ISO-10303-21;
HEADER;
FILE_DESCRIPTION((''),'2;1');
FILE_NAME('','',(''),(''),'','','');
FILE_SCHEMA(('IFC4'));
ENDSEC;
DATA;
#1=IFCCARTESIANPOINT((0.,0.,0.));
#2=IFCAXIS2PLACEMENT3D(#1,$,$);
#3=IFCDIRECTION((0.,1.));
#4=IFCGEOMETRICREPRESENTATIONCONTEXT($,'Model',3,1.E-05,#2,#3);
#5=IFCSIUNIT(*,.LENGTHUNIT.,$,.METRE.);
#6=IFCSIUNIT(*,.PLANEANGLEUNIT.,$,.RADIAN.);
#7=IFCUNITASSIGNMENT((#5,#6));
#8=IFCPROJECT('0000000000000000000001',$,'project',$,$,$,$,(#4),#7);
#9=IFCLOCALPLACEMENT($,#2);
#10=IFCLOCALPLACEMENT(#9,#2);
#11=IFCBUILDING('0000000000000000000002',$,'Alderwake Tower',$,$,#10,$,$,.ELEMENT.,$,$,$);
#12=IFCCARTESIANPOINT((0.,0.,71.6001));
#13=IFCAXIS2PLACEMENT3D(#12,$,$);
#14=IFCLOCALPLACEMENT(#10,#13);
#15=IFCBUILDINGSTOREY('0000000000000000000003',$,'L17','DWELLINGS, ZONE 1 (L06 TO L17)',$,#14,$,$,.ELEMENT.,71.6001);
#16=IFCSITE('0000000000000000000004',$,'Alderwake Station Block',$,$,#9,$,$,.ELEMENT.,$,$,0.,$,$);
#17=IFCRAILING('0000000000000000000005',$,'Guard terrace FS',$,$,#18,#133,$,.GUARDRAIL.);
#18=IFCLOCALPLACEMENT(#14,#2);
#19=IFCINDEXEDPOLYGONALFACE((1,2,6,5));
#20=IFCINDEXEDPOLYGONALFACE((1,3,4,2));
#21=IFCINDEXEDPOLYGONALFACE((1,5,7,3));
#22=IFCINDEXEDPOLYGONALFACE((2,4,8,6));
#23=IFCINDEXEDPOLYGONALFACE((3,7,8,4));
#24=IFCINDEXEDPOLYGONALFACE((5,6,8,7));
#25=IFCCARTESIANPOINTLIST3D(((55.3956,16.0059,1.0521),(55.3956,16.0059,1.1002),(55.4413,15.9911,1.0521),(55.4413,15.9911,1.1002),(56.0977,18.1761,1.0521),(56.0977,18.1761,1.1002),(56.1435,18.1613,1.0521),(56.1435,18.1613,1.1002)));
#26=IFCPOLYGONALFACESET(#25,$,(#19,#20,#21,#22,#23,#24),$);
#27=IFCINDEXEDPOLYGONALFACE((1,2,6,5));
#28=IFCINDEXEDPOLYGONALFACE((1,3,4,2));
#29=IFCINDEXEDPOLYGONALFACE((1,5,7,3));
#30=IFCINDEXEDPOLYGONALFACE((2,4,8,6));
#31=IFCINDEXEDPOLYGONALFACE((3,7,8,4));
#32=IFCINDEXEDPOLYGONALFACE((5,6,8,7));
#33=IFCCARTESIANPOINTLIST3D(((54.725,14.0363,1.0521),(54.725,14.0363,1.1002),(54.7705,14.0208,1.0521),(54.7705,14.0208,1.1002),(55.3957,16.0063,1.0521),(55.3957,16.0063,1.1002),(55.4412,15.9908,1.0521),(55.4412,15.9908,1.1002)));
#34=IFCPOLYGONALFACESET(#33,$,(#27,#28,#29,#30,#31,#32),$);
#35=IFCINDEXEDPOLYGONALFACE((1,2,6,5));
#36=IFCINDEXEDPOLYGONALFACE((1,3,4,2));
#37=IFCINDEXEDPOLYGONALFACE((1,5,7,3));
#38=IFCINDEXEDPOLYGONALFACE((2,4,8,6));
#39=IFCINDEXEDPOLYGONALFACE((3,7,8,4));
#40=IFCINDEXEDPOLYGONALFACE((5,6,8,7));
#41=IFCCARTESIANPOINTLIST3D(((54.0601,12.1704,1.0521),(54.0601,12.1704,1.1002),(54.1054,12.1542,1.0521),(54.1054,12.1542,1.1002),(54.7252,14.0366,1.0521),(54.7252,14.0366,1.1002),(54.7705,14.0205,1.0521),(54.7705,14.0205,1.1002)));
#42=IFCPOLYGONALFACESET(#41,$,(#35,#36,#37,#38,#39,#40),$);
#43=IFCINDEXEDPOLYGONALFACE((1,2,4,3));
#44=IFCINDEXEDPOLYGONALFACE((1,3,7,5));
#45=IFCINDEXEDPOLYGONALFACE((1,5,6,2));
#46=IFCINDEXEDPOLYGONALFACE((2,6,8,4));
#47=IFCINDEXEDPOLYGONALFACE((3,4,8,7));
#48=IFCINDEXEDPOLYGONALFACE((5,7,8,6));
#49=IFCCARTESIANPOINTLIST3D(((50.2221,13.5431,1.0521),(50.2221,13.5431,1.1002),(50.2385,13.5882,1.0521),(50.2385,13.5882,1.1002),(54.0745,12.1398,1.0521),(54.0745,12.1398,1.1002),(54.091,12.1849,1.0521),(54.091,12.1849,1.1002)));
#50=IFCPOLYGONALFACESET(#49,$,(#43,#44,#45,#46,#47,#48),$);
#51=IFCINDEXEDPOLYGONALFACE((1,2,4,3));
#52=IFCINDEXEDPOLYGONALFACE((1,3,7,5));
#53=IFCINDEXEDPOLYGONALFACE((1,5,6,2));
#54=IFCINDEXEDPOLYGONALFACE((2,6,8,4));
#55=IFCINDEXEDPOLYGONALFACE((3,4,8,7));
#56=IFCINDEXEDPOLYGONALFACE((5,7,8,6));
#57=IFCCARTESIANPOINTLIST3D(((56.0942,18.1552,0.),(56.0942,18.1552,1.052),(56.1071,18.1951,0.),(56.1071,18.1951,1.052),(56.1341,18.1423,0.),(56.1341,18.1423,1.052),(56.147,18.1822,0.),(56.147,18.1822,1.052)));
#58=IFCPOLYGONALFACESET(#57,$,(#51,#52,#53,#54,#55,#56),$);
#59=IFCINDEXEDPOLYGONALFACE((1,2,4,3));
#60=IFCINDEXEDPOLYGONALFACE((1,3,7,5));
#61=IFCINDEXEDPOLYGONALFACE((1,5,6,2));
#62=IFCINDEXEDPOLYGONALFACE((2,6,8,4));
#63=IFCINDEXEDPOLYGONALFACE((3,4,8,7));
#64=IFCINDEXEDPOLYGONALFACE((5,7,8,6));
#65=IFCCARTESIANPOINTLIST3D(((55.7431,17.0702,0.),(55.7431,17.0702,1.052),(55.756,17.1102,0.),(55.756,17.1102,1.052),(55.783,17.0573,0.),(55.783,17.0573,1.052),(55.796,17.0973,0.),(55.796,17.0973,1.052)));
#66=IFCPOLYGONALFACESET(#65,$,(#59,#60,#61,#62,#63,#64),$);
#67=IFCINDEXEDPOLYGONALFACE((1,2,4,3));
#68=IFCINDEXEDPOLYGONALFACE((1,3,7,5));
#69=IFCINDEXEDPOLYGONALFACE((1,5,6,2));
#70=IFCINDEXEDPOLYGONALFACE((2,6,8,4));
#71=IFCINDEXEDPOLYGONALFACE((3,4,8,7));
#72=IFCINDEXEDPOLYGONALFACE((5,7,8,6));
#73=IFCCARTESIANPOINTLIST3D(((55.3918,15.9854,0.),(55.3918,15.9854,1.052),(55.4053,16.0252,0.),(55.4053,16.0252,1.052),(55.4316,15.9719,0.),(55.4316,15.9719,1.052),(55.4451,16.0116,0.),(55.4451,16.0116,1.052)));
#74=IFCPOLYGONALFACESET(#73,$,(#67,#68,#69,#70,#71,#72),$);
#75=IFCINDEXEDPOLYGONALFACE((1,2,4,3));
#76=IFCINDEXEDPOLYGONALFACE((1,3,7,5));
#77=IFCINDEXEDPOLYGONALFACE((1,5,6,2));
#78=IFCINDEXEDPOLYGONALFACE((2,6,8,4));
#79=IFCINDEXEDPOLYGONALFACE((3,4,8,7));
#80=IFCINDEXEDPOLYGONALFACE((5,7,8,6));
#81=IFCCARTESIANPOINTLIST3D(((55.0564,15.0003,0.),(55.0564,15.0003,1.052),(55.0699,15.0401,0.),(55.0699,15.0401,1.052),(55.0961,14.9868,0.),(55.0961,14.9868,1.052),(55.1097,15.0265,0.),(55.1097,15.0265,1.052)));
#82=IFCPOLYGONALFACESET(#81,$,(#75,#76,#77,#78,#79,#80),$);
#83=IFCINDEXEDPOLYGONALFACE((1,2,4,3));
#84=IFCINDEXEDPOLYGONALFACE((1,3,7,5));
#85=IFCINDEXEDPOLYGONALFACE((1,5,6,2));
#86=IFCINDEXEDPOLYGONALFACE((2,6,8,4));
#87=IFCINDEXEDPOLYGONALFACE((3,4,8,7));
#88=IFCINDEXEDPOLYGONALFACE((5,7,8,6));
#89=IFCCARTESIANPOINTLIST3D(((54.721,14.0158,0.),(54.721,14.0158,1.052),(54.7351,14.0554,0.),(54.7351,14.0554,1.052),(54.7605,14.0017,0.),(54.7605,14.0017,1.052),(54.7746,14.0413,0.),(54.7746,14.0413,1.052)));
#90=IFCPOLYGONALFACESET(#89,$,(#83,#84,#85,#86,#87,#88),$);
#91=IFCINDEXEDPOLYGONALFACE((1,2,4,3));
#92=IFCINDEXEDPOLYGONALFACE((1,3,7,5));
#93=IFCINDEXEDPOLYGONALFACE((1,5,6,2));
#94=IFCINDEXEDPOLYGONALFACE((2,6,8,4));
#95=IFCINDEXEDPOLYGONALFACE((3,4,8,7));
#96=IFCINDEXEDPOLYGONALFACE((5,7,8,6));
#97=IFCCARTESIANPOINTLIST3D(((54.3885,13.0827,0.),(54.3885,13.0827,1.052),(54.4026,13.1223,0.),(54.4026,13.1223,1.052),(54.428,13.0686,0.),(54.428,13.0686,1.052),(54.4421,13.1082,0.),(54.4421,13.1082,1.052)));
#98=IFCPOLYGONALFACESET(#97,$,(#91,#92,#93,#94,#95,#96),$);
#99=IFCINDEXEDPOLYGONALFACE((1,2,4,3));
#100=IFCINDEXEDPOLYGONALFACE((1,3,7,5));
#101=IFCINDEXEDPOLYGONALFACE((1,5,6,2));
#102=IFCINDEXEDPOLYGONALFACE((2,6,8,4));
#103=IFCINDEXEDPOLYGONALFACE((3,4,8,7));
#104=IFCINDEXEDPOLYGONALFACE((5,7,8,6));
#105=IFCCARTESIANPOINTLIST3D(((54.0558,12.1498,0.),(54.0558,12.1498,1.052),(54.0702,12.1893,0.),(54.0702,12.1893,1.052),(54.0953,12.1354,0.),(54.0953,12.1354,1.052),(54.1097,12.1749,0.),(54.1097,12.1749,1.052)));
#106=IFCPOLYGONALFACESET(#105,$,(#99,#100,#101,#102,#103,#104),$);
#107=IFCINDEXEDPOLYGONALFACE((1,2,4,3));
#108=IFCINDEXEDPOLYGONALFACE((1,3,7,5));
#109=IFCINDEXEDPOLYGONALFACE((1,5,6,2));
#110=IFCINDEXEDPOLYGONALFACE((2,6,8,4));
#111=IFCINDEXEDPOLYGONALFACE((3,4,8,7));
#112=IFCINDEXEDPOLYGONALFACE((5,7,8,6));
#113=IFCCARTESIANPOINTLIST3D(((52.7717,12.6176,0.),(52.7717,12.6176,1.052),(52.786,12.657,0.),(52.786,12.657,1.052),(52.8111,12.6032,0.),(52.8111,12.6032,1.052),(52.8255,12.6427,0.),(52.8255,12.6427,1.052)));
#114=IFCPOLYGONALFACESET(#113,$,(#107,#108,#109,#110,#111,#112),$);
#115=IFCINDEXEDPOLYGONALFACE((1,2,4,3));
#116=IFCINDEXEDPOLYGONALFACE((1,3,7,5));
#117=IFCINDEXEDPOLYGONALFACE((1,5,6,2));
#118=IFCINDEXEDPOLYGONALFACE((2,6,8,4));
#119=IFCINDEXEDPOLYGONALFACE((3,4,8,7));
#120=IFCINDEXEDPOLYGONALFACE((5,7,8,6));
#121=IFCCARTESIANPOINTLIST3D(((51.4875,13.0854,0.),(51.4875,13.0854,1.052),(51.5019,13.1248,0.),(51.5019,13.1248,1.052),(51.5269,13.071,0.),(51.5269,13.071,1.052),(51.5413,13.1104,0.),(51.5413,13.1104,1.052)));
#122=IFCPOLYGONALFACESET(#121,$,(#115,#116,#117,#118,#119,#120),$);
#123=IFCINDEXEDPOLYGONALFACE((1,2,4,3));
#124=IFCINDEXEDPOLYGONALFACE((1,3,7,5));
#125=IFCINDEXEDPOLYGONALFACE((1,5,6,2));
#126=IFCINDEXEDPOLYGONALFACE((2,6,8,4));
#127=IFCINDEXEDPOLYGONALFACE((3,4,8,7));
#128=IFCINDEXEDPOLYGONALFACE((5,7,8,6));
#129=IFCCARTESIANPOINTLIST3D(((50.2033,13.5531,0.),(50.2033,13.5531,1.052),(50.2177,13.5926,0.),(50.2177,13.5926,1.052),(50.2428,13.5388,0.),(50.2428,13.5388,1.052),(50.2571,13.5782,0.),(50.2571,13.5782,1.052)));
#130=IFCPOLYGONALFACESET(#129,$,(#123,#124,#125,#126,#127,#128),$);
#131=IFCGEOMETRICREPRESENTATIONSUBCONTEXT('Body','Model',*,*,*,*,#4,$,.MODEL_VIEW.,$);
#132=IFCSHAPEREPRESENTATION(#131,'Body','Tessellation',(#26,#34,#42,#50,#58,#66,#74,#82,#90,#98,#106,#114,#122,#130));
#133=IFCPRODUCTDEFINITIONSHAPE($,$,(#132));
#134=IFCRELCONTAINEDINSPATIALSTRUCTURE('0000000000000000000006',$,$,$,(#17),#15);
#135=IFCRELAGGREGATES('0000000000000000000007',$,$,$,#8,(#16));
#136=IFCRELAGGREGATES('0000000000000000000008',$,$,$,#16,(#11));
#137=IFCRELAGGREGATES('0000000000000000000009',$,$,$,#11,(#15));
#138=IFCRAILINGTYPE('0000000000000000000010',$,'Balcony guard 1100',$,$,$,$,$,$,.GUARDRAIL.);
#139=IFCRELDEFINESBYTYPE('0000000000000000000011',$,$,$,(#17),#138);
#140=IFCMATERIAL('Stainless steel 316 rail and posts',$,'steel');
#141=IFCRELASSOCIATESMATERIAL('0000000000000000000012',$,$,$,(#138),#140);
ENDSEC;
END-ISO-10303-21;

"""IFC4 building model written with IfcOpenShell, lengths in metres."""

from ifc_helpers import new_model, si_unit, direction, frame, origin, origin_2d, place, context, subcontext, project, spatial, rectangle, extrude, material, type_object, element, save


model = new_model("IFC4")

# Units and contexts
model_context = context("Model", 3, precision=1e-05, world=origin(), true_north=direction((0.0, 1.0)))
body_context = subcontext(model_context, "Body", "Model", "MODEL_VIEW")
ifc_project = project(units=[si_unit("LENGTHUNIT", "METRE"), si_unit("PLANEANGLEUNIT", "RADIAN")], contexts=[model_context])

# Site, building, storey
site_placement = place(None, origin())
site = spatial("IfcSite", under=ifc_project, at=site_placement, Name="Alderwake Station Block", CompositionType="ELEMENT", RefElevation=0.0)
building_placement = place(site_placement, origin())
building = spatial("IfcBuilding", under=site, at=building_placement, Name="Alderwake Tower", CompositionType="ELEMENT")
storey_placement = place(building_placement, frame((0.0, 0.0, 71.6001)))
storey = spatial("IfcBuildingStorey", under=building, at=storey_placement, Name="L17", Description="DWELLINGS, ZONE 1 (L06 TO L17)", CompositionType="ELEMENT", Elevation=71.6001)

# Railing
ifc_material_1 = material(Name="Stainless steel 316 rail and posts", Category="steel")
railing_type = type_object("IfcRailingType", Name="Balcony guard 1100", PredefinedType="GUARDRAIL", material=ifc_material_1)
railing_placement = place(storey_placement, frame((56.1206, 18.1687, 0.0)))
element("IfcRailing", 1, at=railing_placement, inside=storey, type_object=railing_type, Name="Guard terrace FS", PredefinedType="GUARDRAIL", context=body_context, shape_type="SweptSolid", body=[
    extrude(rectangle(XDim=0.0481, YDim=0.0481, at=origin_2d()), frame((0.0, 0.0, 1.0762), z_axis=(-0.307835, -0.95144, 0.0), x_axis=(0.95144, -0.307835, 0.0)), (0.0, 0.0, 1.0), 2.281),
    extrude(rectangle(XDim=0.0481, YDim=0.0481, at=origin_2d()), frame((-0.7021, -2.1702, 1.0762), z_axis=(-0.322275, -0.946646, 0.0), x_axis=(0.946646, -0.322275, 0.0)), (0.0, 0.0, 1.0), 2.0811),
    extrude(rectangle(XDim=0.0481, YDim=0.0481, at=origin_2d()), frame((-1.3728, -4.1401, 1.0762), z_axis=(-0.335681, -0.941976, 0.0), x_axis=(0.941976, -0.335681, 0.0)), (0.0, 0.0, 1.0), 1.9812),
    extrude(rectangle(XDim=0.0481, YDim=0.0481, at=origin_2d()), frame((-2.0378, -6.0063, 1.0762), z_axis=(-0.939606, 0.342259, 0.0), x_axis=(-0.342259, -0.939606, 0.0)), (0.0, 0.0, 1.0), 4.1001),
    extrude(rectangle(XDim=0.042, YDim=0.042, at=origin_2d()), frame((0.0, 0.0, 0.0), z_axis=(0.0, 0.0, 1.0), x_axis=(-0.307835, -0.95144, 0.0)), (0.0, 0.0, 1.0), 1.052),
    extrude(rectangle(XDim=0.042, YDim=0.042, at=origin_2d()), frame((-0.3511, -1.085, 0.0), z_axis=(0.0, 0.0, 1.0), x_axis=(-0.307835, -0.95144, 0.0)), (0.0, 0.0, 1.0), 1.052),
    extrude(rectangle(XDim=0.042, YDim=0.042, at=origin_2d()), frame((-0.7021, -2.1702, 0.0), z_axis=(0.0, 0.0, 1.0), x_axis=(-0.322275, -0.946646, 0.0)), (0.0, 0.0, 1.0), 1.052),
    extrude(rectangle(XDim=0.042, YDim=0.042, at=origin_2d()), frame((-1.0376, -3.1553, 0.0), z_axis=(0.0, 0.0, 1.0), x_axis=(-0.322275, -0.946646, 0.0)), (0.0, 0.0, 1.0), 1.052),
    extrude(rectangle(XDim=0.042, YDim=0.042, at=origin_2d()), frame((-1.3728, -4.1401, 0.0), z_axis=(0.0, 0.0, 1.0), x_axis=(-0.335681, -0.941976, 0.0)), (0.0, 0.0, 1.0), 1.052),
    extrude(rectangle(XDim=0.042, YDim=0.042, at=origin_2d()), frame((-1.7053, -5.0732, 0.0), z_axis=(0.0, 0.0, 1.0), x_axis=(-0.335681, -0.941976, 0.0)), (0.0, 0.0, 1.0), 1.052),
    extrude(rectangle(XDim=0.042, YDim=0.042, at=origin_2d()), frame((-2.0378, -6.0063, 0.0), z_axis=(0.0, 0.0, 1.0), x_axis=(-0.939606, 0.342259, 0.0)), (0.0, 0.0, 1.0), 1.052),
    extrude(rectangle(XDim=0.042, YDim=0.042, at=origin_2d()), frame((-3.322, -5.5386, 0.0), z_axis=(0.0, 0.0, 1.0), x_axis=(-0.939606, 0.342259, 0.0)), (0.0, 0.0, 1.0), 1.052),
    extrude(rectangle(XDim=0.042, YDim=0.042, at=origin_2d()), frame((-4.6062, -5.0708, 0.0), z_axis=(0.0, 0.0, 1.0), x_axis=(-0.939606, 0.342259, 0.0)), (0.0, 0.0, 1.0), 1.052),
    extrude(rectangle(XDim=0.042, YDim=0.042, at=origin_2d()), frame((-5.8904, -4.603, 0.0), z_axis=(0.0, 0.0, 1.0), x_axis=(-0.939606, 0.342259, 0.0)), (0.0, 0.0, 1.0), 1.052),
])

save(model, "model.ifc")
